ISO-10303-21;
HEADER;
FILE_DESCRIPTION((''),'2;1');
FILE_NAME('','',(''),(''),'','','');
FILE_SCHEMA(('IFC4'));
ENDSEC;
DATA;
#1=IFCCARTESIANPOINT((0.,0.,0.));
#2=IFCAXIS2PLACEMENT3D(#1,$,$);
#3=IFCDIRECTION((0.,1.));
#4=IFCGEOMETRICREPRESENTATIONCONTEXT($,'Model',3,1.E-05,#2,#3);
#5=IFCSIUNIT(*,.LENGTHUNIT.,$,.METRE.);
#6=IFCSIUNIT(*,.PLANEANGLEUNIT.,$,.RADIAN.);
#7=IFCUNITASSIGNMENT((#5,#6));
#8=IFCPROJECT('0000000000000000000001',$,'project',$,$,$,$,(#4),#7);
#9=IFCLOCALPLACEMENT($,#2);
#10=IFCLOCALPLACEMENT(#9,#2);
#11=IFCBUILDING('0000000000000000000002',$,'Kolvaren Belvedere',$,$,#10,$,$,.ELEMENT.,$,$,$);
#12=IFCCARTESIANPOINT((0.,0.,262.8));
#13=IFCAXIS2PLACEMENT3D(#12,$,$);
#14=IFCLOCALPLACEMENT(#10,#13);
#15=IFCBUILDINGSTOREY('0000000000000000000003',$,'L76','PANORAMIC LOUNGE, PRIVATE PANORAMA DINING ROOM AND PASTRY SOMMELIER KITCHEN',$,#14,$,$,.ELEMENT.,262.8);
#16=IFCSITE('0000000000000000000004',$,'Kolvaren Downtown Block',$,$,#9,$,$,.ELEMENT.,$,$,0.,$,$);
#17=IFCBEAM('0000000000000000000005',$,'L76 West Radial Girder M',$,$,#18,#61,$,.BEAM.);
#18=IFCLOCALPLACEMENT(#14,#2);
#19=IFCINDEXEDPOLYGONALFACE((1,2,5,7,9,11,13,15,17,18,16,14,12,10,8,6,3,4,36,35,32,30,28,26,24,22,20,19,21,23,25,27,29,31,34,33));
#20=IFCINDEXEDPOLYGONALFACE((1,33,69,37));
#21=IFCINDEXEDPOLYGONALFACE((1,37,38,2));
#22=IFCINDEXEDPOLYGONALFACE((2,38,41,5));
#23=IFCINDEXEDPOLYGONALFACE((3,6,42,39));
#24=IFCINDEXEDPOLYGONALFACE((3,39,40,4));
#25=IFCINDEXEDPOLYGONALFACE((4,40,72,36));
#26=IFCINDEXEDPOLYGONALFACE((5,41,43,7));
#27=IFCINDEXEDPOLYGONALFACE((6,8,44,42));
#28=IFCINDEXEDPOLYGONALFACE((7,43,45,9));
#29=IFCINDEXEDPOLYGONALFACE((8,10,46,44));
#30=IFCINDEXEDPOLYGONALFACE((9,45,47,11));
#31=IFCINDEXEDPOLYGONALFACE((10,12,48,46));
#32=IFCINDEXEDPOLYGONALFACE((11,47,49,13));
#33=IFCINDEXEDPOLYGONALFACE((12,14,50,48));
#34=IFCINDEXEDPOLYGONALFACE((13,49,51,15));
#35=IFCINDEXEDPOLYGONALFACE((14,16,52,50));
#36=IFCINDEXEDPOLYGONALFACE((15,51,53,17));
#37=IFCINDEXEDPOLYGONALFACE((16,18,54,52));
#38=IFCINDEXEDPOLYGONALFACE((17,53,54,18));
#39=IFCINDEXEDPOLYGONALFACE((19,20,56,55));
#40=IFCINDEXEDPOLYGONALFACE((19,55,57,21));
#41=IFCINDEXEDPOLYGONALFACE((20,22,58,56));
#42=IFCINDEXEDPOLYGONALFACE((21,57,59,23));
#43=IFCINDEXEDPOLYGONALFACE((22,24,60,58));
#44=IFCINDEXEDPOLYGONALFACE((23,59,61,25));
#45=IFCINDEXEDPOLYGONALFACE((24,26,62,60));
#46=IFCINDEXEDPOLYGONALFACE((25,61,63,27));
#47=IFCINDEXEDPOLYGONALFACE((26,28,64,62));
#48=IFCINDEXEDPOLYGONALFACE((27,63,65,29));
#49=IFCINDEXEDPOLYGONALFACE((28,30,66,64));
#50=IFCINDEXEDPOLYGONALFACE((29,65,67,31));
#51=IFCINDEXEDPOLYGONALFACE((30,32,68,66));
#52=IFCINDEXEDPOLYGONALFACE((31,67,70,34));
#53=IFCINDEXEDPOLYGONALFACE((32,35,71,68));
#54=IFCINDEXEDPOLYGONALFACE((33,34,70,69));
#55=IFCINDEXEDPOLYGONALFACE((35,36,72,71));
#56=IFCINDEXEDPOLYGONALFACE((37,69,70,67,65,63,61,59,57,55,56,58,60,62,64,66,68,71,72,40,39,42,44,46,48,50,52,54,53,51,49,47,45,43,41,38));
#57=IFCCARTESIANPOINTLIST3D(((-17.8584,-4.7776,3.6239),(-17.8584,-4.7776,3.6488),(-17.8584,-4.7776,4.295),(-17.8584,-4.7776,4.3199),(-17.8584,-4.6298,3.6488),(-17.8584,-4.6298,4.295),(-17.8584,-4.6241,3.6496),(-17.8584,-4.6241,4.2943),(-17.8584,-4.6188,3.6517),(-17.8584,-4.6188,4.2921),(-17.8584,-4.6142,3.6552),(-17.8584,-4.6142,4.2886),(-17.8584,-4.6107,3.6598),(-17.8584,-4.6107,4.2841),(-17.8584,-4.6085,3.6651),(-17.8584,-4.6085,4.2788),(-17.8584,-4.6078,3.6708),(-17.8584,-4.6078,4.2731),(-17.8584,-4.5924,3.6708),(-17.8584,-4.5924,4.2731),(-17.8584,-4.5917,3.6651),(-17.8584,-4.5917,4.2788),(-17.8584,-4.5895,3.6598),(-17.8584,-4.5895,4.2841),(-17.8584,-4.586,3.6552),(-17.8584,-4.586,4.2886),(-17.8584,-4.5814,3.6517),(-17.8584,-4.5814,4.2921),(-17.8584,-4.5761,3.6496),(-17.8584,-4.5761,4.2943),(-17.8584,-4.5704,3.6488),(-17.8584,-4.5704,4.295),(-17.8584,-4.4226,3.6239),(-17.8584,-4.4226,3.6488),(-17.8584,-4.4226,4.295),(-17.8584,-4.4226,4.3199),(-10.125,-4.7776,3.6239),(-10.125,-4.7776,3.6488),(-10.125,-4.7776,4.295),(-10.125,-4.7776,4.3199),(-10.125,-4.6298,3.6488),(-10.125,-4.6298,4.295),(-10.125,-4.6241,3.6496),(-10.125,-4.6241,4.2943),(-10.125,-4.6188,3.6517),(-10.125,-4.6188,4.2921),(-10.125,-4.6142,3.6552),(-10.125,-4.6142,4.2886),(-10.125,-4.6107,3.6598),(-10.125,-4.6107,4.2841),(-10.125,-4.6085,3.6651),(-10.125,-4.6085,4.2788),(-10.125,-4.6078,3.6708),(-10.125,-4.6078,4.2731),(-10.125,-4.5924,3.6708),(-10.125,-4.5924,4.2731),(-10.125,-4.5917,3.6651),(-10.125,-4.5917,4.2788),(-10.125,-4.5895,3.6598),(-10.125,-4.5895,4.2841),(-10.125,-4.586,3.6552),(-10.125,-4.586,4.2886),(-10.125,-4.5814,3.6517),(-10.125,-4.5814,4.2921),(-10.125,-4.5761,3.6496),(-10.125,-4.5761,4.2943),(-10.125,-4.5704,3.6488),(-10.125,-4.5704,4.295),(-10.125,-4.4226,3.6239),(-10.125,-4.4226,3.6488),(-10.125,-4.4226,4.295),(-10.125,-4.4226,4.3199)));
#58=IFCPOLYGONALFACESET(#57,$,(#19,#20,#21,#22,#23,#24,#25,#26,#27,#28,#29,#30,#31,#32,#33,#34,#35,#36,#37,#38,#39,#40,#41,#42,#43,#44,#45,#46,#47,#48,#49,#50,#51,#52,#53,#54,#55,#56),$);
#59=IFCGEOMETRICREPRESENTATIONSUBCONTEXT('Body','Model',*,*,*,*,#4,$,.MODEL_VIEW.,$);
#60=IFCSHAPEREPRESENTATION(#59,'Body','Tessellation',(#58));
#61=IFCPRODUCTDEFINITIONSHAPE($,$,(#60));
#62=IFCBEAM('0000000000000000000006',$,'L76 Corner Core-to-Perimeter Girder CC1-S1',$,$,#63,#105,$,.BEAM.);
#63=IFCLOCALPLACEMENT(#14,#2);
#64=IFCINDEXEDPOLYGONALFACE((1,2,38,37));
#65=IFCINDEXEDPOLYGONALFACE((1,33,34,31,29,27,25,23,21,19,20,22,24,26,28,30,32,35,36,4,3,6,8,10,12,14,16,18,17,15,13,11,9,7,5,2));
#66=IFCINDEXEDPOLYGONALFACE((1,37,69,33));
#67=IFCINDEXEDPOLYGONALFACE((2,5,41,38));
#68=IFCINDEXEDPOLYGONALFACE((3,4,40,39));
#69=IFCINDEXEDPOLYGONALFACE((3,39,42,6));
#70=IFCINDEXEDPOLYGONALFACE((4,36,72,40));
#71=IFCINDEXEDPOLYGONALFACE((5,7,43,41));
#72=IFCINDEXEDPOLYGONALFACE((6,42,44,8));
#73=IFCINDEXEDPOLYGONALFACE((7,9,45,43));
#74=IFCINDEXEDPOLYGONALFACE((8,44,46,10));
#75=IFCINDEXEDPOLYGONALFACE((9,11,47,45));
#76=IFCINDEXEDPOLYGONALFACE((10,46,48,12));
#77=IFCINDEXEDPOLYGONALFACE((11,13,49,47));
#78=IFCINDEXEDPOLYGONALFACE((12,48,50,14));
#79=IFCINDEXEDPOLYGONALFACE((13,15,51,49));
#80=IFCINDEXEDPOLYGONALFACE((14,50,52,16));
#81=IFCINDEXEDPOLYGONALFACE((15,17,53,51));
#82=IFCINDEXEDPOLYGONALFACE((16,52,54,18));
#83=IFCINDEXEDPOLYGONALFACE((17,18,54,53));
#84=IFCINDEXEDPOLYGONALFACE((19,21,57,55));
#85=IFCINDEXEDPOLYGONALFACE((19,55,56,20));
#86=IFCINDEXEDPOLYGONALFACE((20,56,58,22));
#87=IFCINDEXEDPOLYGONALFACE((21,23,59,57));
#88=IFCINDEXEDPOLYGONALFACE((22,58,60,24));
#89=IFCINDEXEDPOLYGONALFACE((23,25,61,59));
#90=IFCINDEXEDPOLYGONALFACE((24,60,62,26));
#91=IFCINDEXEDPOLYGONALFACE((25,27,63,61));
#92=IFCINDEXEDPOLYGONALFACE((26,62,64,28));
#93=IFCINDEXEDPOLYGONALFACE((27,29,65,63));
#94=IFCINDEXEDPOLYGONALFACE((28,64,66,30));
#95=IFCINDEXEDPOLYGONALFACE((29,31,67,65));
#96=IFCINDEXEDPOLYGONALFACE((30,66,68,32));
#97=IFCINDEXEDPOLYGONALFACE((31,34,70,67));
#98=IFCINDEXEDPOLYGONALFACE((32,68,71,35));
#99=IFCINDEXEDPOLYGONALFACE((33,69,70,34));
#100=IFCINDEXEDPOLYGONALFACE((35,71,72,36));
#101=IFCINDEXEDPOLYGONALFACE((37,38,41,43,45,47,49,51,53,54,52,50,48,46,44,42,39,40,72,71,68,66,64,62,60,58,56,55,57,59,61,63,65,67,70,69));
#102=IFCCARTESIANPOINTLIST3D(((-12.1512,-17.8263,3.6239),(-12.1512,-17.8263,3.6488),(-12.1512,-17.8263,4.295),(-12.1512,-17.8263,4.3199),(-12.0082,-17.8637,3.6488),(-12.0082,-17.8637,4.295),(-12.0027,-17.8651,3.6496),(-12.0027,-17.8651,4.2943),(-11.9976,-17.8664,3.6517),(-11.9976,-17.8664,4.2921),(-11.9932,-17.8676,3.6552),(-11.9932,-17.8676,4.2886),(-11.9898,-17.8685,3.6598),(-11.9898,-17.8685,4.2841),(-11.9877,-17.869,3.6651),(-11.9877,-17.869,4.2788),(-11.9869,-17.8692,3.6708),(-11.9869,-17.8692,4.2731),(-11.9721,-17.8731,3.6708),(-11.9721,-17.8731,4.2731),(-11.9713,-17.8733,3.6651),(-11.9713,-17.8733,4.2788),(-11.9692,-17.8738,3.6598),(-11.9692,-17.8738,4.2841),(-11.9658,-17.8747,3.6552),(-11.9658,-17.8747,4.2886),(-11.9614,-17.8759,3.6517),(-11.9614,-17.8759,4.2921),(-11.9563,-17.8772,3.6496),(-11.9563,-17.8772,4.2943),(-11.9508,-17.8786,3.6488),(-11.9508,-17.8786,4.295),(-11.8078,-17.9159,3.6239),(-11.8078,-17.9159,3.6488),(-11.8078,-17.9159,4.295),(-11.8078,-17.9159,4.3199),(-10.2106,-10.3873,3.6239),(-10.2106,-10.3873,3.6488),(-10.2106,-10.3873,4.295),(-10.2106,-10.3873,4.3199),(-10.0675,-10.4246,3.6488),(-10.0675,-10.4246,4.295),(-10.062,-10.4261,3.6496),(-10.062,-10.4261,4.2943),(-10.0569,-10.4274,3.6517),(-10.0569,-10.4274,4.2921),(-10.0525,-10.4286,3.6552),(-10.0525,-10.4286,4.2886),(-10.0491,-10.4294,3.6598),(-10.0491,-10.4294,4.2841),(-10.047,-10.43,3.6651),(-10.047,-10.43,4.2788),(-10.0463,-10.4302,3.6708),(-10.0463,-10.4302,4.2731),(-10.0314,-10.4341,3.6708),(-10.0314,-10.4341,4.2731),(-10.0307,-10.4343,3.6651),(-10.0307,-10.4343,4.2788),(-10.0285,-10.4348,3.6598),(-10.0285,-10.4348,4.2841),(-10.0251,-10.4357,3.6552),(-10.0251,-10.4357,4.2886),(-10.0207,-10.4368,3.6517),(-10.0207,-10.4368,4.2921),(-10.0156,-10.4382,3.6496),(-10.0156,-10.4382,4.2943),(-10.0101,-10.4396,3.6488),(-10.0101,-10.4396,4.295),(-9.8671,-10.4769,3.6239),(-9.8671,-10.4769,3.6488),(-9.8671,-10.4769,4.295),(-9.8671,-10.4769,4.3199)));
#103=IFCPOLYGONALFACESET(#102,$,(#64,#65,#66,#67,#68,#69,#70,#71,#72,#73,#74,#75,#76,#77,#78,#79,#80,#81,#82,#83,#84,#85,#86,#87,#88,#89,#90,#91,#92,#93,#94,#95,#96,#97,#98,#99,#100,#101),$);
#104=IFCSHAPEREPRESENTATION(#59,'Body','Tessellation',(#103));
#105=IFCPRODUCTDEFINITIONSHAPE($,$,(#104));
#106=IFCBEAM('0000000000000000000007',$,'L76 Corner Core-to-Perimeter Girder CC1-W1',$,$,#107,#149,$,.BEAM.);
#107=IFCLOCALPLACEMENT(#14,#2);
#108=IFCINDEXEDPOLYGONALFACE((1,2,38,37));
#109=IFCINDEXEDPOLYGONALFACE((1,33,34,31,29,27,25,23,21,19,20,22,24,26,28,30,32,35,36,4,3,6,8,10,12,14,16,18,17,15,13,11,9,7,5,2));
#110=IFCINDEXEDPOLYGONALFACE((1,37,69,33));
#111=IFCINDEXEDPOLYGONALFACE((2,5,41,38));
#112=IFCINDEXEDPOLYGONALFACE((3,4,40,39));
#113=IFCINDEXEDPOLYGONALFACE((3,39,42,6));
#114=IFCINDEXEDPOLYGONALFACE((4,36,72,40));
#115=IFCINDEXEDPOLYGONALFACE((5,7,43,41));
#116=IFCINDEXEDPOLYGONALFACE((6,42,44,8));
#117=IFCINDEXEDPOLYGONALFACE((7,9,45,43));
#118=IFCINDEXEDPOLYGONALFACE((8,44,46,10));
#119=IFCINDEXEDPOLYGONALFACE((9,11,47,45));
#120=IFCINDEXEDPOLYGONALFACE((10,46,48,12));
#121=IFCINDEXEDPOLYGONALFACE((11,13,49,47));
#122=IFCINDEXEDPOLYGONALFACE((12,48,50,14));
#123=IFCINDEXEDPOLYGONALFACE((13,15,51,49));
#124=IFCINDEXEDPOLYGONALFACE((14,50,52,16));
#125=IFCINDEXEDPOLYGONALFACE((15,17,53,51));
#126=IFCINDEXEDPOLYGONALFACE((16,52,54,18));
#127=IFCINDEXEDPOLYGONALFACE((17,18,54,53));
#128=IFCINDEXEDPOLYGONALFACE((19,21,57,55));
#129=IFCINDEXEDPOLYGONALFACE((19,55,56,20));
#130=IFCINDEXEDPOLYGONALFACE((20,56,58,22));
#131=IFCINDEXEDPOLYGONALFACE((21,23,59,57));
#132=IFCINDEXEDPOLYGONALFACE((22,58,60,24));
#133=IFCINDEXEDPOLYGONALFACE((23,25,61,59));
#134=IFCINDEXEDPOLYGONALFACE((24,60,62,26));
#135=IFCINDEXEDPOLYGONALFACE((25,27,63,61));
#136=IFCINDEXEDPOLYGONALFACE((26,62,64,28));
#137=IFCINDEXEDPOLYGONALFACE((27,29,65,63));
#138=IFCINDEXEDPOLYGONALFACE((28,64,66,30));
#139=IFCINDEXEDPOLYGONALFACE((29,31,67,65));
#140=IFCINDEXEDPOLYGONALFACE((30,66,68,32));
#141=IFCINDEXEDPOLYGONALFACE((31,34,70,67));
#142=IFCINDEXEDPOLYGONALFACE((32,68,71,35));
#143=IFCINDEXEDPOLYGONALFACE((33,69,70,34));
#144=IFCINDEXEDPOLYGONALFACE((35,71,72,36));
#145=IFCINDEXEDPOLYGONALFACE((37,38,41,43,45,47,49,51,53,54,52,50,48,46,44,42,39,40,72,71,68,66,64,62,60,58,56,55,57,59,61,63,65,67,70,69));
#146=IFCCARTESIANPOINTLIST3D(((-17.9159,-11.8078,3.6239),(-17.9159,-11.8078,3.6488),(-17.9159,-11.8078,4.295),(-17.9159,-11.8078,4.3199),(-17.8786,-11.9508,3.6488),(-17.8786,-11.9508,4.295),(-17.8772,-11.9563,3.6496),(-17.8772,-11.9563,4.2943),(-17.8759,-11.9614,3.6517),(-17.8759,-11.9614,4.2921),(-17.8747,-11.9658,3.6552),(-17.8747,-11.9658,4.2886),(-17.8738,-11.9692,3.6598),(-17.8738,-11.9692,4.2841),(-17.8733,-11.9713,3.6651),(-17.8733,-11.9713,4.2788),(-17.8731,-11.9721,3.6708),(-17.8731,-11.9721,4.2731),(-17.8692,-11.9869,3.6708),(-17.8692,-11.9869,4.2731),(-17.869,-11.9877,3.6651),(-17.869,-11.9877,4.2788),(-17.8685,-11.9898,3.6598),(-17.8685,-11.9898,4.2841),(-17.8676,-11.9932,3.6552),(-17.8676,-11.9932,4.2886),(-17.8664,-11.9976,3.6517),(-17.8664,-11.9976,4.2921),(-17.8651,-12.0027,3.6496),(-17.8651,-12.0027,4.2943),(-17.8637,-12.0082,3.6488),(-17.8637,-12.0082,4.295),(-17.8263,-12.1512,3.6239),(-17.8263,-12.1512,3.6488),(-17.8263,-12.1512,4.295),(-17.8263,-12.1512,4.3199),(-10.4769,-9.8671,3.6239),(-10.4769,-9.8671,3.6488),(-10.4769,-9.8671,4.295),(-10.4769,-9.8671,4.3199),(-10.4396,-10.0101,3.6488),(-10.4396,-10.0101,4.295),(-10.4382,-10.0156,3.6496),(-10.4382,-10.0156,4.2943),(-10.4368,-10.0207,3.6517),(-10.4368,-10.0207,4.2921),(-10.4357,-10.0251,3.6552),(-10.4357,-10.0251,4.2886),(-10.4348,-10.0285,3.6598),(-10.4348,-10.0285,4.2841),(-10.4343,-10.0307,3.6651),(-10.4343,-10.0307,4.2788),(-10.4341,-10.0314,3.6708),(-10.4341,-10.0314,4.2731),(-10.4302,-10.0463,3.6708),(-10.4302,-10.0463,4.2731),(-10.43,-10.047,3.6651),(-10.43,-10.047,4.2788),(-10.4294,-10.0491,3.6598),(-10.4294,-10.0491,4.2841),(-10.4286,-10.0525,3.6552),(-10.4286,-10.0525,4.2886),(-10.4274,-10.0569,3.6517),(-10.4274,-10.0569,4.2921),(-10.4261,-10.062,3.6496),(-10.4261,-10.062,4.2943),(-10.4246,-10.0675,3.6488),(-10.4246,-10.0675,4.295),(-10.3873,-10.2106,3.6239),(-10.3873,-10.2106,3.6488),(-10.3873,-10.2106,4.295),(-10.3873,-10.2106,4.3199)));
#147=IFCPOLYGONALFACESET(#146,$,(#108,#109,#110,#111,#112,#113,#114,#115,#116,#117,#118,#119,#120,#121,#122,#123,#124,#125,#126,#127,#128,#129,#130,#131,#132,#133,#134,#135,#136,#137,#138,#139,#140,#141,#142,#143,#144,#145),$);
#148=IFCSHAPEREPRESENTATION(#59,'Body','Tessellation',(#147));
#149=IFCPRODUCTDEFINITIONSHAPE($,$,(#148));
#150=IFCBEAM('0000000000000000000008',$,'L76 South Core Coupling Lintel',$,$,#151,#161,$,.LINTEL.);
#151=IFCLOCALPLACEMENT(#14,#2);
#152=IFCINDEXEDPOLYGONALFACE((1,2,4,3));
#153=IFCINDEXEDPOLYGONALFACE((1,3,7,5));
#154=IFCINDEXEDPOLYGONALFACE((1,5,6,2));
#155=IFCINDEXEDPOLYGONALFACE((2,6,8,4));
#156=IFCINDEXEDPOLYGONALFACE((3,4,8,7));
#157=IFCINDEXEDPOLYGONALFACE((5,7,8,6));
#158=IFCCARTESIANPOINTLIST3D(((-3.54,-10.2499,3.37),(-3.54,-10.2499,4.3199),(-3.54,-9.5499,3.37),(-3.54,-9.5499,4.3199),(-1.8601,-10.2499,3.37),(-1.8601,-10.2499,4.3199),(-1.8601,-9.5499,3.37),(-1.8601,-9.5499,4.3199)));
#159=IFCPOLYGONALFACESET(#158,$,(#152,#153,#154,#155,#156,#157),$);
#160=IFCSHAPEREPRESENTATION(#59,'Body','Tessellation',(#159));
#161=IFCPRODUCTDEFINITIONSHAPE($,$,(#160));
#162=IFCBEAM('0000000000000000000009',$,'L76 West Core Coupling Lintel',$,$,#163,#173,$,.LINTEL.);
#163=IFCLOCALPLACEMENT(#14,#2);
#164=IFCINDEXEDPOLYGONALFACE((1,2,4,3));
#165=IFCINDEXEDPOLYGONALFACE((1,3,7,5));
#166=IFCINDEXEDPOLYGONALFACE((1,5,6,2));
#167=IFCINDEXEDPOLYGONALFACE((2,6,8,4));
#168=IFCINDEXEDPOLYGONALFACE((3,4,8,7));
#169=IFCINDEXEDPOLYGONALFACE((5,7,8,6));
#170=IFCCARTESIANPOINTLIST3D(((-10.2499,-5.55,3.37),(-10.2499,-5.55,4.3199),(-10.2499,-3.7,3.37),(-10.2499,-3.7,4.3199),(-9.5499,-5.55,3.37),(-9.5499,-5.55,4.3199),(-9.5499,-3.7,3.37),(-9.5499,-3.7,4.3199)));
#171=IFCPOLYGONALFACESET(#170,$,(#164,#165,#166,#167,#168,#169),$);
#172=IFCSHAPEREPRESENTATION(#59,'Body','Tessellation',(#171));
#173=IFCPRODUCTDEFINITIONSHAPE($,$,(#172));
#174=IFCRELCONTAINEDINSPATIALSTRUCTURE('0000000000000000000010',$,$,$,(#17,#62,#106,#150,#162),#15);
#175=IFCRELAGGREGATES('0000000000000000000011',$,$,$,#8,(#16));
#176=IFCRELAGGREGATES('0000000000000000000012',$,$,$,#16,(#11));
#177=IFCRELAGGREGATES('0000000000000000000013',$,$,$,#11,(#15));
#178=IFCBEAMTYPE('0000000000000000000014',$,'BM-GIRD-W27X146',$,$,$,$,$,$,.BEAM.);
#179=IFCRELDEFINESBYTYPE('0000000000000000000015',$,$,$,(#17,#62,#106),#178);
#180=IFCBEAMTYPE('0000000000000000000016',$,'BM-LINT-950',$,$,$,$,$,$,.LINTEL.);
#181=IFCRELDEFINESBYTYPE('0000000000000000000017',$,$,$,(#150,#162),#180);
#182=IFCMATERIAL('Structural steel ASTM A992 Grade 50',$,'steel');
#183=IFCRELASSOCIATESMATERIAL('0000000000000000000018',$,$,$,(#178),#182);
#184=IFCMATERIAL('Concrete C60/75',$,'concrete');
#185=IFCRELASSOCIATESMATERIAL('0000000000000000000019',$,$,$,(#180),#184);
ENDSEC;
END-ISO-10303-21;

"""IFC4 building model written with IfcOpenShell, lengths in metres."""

from ifc_helpers import new_model, si_unit, direction, frame, origin, origin_2d, place, context, subcontext, project, spatial, rectangle, i_section, extrude, material, material_profile, profile_set, type_object, element, save


model = new_model("IFC4")

# Units and contexts
model_context = context("Model", 3, precision=1e-05, world=origin(), true_north=direction((0.0, 1.0)))
body_context = subcontext(model_context, "Body", "Model", "MODEL_VIEW")
ifc_project = project(units=[si_unit("LENGTHUNIT", "METRE"), si_unit("PLANEANGLEUNIT", "RADIAN")], contexts=[model_context])

# Site, building, storey
site_placement = place(None, origin())
site = spatial("IfcSite", under=ifc_project, at=site_placement, Name="Kolvaren Downtown Block", CompositionType="ELEMENT", RefElevation=0.0)
building_placement = place(site_placement, origin())
building = spatial("IfcBuilding", under=site, at=building_placement, Name="Kolvaren Belvedere", CompositionType="ELEMENT")
storey_placement = place(building_placement, frame((0.0, 0.0, 262.8)))
storey = spatial("IfcBuildingStorey", under=building, at=storey_placement, Name="L76", Description="PANORAMIC LOUNGE, PRIVATE PANORAMA DINING ROOM AND PASTRY SOMMELIER KITCHEN", CompositionType="ELEMENT", Elevation=262.8)

# Beams
ifc_material_1 = material(Name="Structural steel ASTM A992 Grade 50", Category="steel")
ifc_material_profile_1 = material_profile(ifc_material_1, i_section(OverallWidth=0.355, OverallDepth=0.696, WebThickness=0.0154, FlangeThickness=0.0249, FilletRadius=0.022, at=origin_2d()), Name="W27X146")
ifc_profile_set_1 = profile_set([ifc_material_profile_1], Name="Structural steel ASTM A992 Grade 50")
beam_type_1 = type_object("IfcBeamType", Name="BM-GIRD-W27X146", PredefinedType="BEAM", material=ifc_profile_set_1)
for number, where, z_axis, x_axis, name in (
    (1, (-10.125, -4.6001, 3.9719), (-1.0, 0.0, 0.0), (0.0, -1.0, 0.0), "L76 West Radial Girder M"),
):
    element("IfcBeam", number, at=place(storey_placement, frame(where, z_axis=z_axis, x_axis=x_axis)), inside=storey, type_object=beam_type_1, Name=name, PredefinedType="BEAM", context=body_context, shape_type="SweptSolid", body=[
        extrude(i_section(OverallWidth=0.355, OverallDepth=0.696, WebThickness=0.0154, FlangeThickness=0.0249, FilletRadius=0.022, at=origin_2d()), origin(), (0.0, 0.0, 1.0), 7.7334),
    ])
for number, where, z_axis, x_axis, name in (
    (2, (-10.0388, -10.4321, 3.9719), (-0.252431, -0.967615, 0.0), (0.967615, -0.252431, 0.0), "L76 Corner Core-to-Perimeter Girder CC1-S1"),
    (3, (-10.4321, -10.0388, 3.9719), (-0.967615, -0.252431, 0.0), (0.252431, -0.967615, 0.0), "L76 Corner Core-to-Perimeter Girder CC1-W1"),
):
    element("IfcBeam", number, at=place(storey_placement, frame(where, z_axis=z_axis, x_axis=x_axis)), inside=storey, type_object=beam_type_1, Name=name, PredefinedType="BEAM", context=body_context, shape_type="SweptSolid", body=[
        extrude(i_section(OverallWidth=0.355, OverallDepth=0.696, WebThickness=0.0154, FlangeThickness=0.0249, FilletRadius=0.022, at=origin_2d()), origin(), (0.0, 0.0, 1.0), 7.688),
    ])
ifc_material_2 = material(Name="Concrete C60/75", Category="concrete")
ifc_material_profile_2 = material_profile(ifc_material_2, rectangle(XDim=0.7, YDim=0.95, at=origin_2d()), Name="RC 700X950")
ifc_profile_set_2 = profile_set([ifc_material_profile_2], Name="Concrete C60/75")
beam_type_2 = type_object("IfcBeamType", Name="BM-LINT-950", PredefinedType="LINTEL", material=ifc_profile_set_2)
beam_1_placement = place(storey_placement, frame((-3.54, -9.8999, 3.845), z_axis=(1.0, 0.0, 0.0), x_axis=(0.0, 1.0, 0.0)))
element("IfcBeam", 4, at=beam_1_placement, inside=storey, type_object=beam_type_2, Name="L76 South Core Coupling Lintel", PredefinedType="LINTEL", context=body_context, shape_type="SweptSolid", body=[
    extrude(rectangle(XDim=0.7, YDim=0.95, at=origin_2d()), origin(), (0.0, 0.0, 1.0), 1.6799),
])
beam_2_placement = place(storey_placement, frame((-9.8999, -5.55, 3.845), z_axis=(0.0, 1.0, 0.0), x_axis=(-1.0, 0.0, 0.0)))
element("IfcBeam", 5, at=beam_2_placement, inside=storey, type_object=beam_type_2, Name="L76 West Core Coupling Lintel", PredefinedType="LINTEL", context=body_context, shape_type="SweptSolid", body=[
    extrude(rectangle(XDim=0.7, YDim=0.95, at=origin_2d()), origin(), (0.0, 0.0, 1.0), 1.8501),
])

save(model, "model.ifc")
